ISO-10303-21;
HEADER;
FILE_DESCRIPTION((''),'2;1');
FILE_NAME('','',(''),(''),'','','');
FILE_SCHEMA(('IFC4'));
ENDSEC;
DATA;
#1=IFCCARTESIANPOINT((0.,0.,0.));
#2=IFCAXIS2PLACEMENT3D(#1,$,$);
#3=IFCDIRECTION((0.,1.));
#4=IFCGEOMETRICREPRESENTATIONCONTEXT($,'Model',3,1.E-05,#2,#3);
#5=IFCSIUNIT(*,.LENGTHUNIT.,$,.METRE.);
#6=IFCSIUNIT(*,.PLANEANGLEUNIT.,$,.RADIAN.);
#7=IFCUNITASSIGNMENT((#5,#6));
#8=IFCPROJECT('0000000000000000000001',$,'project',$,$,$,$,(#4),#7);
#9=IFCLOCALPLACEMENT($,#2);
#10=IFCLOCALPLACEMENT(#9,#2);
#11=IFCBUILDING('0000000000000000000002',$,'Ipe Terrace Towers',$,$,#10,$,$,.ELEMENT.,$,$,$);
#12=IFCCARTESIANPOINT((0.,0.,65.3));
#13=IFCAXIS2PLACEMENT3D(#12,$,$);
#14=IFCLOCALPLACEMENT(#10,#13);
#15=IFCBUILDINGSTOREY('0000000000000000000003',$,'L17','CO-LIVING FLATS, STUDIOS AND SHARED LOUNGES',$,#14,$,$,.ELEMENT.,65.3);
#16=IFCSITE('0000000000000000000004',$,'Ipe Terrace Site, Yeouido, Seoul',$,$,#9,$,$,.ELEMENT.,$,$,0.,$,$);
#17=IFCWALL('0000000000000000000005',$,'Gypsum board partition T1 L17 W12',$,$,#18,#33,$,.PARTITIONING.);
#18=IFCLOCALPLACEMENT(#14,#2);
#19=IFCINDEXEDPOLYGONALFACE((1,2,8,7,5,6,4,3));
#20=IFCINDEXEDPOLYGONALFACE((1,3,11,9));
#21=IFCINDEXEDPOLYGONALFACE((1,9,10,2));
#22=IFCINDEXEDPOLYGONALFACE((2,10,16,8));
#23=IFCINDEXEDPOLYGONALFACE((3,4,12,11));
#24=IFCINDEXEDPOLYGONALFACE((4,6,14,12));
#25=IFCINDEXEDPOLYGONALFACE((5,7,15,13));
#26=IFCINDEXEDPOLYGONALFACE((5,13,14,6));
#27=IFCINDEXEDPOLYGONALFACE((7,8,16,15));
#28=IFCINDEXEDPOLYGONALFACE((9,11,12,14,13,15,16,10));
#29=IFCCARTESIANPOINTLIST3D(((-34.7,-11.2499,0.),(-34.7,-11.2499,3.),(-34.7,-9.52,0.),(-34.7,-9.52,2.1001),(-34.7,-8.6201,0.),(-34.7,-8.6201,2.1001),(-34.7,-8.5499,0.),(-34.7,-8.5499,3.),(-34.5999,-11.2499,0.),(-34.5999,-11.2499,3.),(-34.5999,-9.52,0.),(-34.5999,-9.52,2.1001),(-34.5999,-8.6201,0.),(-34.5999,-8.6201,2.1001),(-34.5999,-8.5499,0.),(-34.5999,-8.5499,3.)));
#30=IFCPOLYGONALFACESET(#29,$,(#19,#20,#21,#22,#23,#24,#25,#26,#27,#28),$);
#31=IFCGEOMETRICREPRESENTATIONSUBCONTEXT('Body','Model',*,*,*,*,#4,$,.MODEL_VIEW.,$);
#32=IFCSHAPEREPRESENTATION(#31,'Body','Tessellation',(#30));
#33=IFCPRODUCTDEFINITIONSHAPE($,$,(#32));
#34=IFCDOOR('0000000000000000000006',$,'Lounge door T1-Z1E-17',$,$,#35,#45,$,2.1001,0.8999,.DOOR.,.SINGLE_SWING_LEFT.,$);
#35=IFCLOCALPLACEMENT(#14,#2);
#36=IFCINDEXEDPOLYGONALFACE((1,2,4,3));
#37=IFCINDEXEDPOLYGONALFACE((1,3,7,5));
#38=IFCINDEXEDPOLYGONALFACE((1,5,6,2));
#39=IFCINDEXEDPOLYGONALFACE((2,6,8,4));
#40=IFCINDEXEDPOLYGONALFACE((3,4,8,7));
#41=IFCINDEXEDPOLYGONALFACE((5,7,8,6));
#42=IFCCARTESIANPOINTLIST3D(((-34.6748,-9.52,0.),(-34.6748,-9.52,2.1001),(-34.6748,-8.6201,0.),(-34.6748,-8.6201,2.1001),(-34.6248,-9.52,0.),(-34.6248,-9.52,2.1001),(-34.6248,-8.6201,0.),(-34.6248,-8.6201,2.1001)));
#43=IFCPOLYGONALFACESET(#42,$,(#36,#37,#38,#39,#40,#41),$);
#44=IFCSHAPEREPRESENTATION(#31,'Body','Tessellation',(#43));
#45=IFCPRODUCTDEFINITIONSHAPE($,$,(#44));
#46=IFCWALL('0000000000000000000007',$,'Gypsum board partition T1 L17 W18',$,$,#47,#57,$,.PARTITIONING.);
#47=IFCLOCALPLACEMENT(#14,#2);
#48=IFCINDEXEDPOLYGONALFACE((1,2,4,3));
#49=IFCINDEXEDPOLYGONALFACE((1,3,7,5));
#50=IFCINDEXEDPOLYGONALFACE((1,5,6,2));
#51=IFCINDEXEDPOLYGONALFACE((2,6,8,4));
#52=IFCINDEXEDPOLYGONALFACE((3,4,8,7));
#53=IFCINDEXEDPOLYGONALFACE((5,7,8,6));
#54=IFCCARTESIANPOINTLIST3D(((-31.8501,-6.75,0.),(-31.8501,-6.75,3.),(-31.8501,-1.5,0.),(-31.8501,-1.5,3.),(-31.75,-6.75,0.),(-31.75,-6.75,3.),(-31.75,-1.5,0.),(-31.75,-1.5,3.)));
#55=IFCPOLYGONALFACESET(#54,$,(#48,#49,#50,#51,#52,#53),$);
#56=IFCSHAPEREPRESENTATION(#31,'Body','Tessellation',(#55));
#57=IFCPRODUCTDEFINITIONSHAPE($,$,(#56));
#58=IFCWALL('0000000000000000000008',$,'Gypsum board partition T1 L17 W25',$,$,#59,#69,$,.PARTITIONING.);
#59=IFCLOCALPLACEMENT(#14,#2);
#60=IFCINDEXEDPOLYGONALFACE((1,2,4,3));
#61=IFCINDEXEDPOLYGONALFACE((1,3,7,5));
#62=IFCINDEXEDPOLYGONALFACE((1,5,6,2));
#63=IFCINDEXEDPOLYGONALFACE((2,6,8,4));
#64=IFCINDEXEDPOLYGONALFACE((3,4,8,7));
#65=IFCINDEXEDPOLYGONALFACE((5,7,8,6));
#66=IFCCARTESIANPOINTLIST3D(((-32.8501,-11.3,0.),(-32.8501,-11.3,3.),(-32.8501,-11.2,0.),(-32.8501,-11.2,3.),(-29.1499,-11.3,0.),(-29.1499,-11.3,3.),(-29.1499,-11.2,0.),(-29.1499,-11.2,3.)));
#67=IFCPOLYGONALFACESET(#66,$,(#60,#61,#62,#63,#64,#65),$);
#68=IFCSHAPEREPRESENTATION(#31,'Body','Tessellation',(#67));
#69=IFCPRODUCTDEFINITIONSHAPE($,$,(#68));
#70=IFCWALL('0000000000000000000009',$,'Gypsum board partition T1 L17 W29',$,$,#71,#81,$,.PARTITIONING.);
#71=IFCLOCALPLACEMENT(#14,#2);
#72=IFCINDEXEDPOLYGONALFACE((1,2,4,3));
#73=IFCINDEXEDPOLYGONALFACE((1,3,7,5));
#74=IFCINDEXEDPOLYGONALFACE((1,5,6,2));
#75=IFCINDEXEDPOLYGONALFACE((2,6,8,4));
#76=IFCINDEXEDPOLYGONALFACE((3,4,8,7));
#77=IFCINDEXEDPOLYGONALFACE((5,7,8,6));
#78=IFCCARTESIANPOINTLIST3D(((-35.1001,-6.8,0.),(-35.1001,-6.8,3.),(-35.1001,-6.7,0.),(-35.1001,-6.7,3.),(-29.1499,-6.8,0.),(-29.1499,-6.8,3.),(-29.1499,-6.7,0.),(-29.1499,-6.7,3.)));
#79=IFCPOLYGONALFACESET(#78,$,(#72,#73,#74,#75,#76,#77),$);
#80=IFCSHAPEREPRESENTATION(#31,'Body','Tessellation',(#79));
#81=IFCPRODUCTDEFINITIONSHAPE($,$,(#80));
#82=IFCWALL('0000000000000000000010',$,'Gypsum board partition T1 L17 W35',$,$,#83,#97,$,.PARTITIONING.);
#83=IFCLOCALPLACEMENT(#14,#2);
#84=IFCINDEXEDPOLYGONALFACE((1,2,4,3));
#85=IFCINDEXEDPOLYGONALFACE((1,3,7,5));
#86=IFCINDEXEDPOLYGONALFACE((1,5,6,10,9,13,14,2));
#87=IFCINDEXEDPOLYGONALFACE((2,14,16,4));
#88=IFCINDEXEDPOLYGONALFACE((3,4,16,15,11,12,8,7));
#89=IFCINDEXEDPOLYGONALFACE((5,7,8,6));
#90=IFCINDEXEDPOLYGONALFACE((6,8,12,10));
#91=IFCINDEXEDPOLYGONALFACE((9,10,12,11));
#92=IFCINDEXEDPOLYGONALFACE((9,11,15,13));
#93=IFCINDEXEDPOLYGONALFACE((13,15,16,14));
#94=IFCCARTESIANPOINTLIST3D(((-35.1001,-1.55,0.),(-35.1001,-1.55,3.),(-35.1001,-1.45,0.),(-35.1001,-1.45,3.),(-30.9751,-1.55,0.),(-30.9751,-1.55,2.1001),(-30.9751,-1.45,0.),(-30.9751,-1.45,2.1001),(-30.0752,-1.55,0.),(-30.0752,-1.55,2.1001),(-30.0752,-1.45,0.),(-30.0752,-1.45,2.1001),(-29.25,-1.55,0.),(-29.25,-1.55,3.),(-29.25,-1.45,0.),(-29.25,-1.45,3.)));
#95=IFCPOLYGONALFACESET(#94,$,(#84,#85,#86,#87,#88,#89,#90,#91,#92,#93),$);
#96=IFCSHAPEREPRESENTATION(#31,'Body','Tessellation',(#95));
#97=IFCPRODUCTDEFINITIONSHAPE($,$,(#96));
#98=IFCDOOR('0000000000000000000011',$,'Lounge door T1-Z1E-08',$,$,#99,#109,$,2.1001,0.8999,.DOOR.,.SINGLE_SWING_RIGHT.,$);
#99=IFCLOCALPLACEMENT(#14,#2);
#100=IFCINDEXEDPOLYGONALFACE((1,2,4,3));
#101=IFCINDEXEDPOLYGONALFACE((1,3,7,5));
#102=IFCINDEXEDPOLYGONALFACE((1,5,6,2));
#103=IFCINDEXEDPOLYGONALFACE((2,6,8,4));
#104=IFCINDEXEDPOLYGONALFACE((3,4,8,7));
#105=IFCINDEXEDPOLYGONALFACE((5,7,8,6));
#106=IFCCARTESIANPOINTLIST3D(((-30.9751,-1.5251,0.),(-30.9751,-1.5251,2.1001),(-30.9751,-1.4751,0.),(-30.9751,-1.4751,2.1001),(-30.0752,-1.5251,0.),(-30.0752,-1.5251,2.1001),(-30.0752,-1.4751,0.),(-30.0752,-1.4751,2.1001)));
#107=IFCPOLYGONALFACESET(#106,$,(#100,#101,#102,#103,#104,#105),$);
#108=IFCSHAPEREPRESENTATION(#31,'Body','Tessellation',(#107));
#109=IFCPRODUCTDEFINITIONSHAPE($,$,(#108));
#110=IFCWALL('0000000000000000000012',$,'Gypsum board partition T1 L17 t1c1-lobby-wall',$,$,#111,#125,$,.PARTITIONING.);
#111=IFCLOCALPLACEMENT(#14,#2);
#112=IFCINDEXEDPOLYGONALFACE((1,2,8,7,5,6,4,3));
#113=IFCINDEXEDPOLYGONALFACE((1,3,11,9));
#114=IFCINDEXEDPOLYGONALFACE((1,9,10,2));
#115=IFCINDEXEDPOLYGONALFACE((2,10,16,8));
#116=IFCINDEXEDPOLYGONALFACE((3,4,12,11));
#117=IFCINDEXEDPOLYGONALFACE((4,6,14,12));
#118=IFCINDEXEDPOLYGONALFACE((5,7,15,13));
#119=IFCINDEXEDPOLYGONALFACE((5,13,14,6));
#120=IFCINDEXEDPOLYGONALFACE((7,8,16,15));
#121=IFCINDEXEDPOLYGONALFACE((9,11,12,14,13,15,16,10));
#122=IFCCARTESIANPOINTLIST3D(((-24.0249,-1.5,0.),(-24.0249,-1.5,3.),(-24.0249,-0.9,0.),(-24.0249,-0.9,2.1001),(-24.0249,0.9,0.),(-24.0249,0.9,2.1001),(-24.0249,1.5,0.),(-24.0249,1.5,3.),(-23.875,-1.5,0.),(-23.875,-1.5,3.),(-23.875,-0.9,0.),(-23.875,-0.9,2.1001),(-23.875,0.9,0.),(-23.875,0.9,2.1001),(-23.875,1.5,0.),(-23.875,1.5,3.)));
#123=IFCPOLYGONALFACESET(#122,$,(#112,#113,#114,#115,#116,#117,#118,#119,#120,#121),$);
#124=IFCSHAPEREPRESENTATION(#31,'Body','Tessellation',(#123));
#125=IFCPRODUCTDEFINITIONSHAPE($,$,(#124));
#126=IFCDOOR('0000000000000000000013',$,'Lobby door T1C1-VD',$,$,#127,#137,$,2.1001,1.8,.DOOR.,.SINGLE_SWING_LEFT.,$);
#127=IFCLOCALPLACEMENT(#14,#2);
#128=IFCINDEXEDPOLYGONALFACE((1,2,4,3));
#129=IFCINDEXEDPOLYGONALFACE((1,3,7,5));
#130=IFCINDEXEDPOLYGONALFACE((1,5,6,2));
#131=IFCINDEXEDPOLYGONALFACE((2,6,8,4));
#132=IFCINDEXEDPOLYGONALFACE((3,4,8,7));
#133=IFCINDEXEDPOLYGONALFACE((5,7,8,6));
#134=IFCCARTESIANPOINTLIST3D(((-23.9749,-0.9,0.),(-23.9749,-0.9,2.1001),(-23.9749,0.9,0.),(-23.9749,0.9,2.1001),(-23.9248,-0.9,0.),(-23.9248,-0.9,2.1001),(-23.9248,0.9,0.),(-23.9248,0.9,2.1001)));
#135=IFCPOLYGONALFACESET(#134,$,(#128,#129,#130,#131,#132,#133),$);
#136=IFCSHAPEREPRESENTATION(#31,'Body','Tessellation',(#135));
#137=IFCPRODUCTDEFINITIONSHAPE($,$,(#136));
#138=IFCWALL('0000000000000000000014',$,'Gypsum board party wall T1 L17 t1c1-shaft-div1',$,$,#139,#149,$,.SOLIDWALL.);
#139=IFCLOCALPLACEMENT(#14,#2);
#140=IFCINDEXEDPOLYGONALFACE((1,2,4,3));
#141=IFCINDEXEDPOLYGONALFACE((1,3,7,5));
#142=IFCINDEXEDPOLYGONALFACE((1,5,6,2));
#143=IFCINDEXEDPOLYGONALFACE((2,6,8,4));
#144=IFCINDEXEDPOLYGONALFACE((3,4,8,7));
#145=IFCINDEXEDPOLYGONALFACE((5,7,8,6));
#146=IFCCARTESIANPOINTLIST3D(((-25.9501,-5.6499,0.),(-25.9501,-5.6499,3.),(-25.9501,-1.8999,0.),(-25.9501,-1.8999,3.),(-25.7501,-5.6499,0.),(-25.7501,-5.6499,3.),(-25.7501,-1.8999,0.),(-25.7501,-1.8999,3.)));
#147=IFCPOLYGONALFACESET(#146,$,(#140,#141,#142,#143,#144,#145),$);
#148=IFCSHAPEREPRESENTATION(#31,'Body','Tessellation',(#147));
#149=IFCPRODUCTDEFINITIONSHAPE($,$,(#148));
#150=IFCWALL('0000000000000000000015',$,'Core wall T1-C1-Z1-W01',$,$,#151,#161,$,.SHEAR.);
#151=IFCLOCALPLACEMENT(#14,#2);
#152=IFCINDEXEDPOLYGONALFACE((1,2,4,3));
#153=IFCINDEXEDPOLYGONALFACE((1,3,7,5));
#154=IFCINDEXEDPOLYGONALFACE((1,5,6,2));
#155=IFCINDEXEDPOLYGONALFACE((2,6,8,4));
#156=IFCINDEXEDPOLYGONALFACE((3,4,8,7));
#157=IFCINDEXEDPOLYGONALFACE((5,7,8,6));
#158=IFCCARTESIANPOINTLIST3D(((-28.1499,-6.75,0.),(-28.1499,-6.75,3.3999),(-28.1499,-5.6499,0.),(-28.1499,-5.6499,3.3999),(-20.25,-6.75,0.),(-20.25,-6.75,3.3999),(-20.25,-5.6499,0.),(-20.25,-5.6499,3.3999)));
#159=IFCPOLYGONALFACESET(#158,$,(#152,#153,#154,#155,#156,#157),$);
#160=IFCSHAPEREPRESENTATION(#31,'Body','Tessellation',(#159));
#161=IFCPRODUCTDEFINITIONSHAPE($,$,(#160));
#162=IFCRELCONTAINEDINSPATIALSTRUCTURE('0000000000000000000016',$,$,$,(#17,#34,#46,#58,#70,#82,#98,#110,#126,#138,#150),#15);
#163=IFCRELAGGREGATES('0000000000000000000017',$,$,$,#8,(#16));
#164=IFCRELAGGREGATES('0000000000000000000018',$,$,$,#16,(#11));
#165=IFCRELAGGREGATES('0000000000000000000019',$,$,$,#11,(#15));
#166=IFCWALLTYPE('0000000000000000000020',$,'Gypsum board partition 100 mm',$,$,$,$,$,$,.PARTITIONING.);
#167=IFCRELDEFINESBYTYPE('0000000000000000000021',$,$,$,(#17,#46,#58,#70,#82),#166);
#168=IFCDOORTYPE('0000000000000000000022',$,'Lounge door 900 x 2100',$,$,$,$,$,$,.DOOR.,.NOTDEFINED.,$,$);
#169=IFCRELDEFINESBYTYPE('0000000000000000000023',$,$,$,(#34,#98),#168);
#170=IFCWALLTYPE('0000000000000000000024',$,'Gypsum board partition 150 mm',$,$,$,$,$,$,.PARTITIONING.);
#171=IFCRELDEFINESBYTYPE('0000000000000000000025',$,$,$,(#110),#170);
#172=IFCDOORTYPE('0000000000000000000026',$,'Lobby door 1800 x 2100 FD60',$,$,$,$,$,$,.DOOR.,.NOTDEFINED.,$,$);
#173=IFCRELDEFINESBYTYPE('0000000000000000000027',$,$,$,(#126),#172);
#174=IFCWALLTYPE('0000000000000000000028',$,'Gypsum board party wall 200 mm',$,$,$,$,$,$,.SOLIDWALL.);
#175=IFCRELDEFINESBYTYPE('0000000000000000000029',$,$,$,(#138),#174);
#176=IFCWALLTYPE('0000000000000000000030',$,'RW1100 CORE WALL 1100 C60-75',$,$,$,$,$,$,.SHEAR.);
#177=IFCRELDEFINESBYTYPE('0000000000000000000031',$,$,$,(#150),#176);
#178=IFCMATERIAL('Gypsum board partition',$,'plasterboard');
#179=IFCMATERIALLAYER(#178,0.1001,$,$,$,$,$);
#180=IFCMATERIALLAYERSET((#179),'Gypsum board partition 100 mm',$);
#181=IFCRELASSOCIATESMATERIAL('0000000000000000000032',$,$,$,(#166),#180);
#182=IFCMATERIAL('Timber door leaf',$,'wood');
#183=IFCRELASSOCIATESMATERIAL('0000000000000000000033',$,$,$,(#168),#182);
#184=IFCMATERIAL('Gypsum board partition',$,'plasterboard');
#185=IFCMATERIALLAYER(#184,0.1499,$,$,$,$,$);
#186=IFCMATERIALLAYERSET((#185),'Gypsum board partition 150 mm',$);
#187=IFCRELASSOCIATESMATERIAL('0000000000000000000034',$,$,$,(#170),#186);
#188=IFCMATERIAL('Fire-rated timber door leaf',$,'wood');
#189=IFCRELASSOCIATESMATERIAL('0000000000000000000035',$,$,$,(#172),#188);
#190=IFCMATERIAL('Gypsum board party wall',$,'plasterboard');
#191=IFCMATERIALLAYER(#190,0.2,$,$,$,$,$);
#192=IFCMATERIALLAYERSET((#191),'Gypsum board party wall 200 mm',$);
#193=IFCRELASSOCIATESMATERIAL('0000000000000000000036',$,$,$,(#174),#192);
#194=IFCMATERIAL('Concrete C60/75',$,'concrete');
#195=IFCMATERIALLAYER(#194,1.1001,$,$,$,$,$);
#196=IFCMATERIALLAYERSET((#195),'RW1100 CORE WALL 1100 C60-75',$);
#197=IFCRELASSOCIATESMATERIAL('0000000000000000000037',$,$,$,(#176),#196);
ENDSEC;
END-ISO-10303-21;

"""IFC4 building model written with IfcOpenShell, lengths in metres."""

from ifc_helpers import new_model, si_unit, direction, frame, frame_2d, origin, place, context, subcontext, project, spatial, rectangle, extrude, material, layer, layer_set, type_object, element, fill, save


model = new_model("IFC4")

# Units and contexts
model_context = context("Model", 3, precision=1e-05, world=origin(), true_north=direction((0.0, 1.0)))
body_context = subcontext(model_context, "Body", "Model", "MODEL_VIEW")
ifc_project = project(units=[si_unit("LENGTHUNIT", "METRE"), si_unit("PLANEANGLEUNIT", "RADIAN")], contexts=[model_context])

# Site, building, storey
site_placement = place(None, origin())
site = spatial("IfcSite", under=ifc_project, at=site_placement, Name="Ipe Terrace Site, Yeouido, Seoul", CompositionType="ELEMENT", RefElevation=0.0)
building_placement = place(site_placement, origin())
building = spatial("IfcBuilding", under=site, at=building_placement, Name="Ipe Terrace Towers", CompositionType="ELEMENT")
storey_placement = place(building_placement, frame((0.0, 0.0, 65.3)))
storey = spatial("IfcBuildingStorey", under=building, at=storey_placement, Name="L17", Description="CO-LIVING FLATS, STUDIOS AND SHARED LOUNGES", CompositionType="ELEMENT", Elevation=65.3)

# Wall, opening, door
ifc_material_1 = material(Name="Gypsum board partition", Category="plasterboard")
ifc_layer_1 = layer(ifc_material_1, 0.1001)
ifc_layer_set_1 = layer_set([ifc_layer_1], Name="Gypsum board partition 100 mm")
wall_type_1 = type_object("IfcWallType", Name="Gypsum board partition 100 mm", PredefinedType="PARTITIONING", material=ifc_layer_set_1)
ifc_material_2 = material(Name="Timber door leaf", Category="wood")
door_type_1 = type_object("IfcDoorType", Name="Lounge door 900 x 2100", OperationType="NOTDEFINED", PredefinedType="DOOR", material=ifc_material_2)
wall_1_placement = place(storey_placement, frame((-34.6499, -11.25, 0.0), z_axis=(0.0, 0.0, 1.0), x_axis=(0.0, 1.0, 0.0)))
wall_1 = element("IfcWall", 1, at=wall_1_placement, inside=storey, type_object=wall_type_1, Name="Gypsum board partition T1 L17 W12", PredefinedType="PARTITIONING", context=body_context, shape_type="SweptSolid", body=[
    extrude(rectangle(XDim=2.7, YDim=0.1001, at=frame_2d((1.3501, 0.0))), origin(), (0.0, 0.0, 1.0), 3.0),
])
opening_1_placement = place(wall_1_placement, frame((1.73, 0.0, 0.0)))
opening_1 = element("IfcOpeningElement", 2, at=opening_1_placement, cuts=wall_1, PredefinedType="OPENING", context=body_context, shape_type="SweptSolid", body=[
    extrude(rectangle(XDim=0.8999, YDim=2.1001, at=frame_2d((0.45, 1.05))), frame((0.0, 0.0601, 0.0), z_axis=(0.0, -1.0, 0.0), x_axis=(1.0, 0.0, 0.0)), (0.0, 0.0, 1.0), 0.1201),
])
door_1_placement = place(opening_1_placement, origin())
door_1 = element("IfcDoor", 3, at=door_1_placement, inside=storey, type_object=door_type_1, Name="Lounge door T1-Z1E-17", OperationType="SINGLE_SWING_LEFT", OverallHeight=2.1001, OverallWidth=0.8999, PredefinedType="DOOR", context=body_context, shape_type="SweptSolid", body=[
    extrude(rectangle(XDim=0.8999, YDim=2.1001, at=frame_2d((0.45, 1.05))), frame((0.0, 0.0249, 0.0), z_axis=(0.0, -1.0, 0.0), x_axis=(1.0, 0.0, 0.0)), (0.0, 0.0, 1.0), 0.05),
])
fill(opening_1, door_1)

# Walls
wall_2_placement = place(storey_placement, frame((-31.8, -6.75, 0.0), z_axis=(0.0, 0.0, 1.0), x_axis=(0.0, 1.0, 0.0)))
element("IfcWall", 4, at=wall_2_placement, inside=storey, type_object=wall_type_1, Name="Gypsum board partition T1 L17 W18", PredefinedType="PARTITIONING", context=body_context, shape_type="SweptSolid", body=[
    extrude(rectangle(XDim=5.25, YDim=0.1001, at=frame_2d((2.625, 0.0))), origin(), (0.0, 0.0, 1.0), 3.0),
])
wall_3_placement = place(storey_placement, frame((-32.8501, -11.25, 0.0), z_axis=(0.0, 0.0, 1.0), x_axis=(1.0, 0.0, 0.0)))
element("IfcWall", 5, at=wall_3_placement, inside=storey, type_object=wall_type_1, Name="Gypsum board partition T1 L17 W25", PredefinedType="PARTITIONING", context=body_context, shape_type="SweptSolid", body=[
    extrude(rectangle(XDim=3.7002, YDim=0.1001, at=frame_2d((1.8501, 0.0))), origin(), (0.0, 0.0, 1.0), 3.0),
])
wall_4_placement = place(storey_placement, frame((-35.1001, -6.75, 0.0), z_axis=(0.0, 0.0, 1.0), x_axis=(1.0, 0.0, 0.0)))
element("IfcWall", 6, at=wall_4_placement, inside=storey, type_object=wall_type_1, Name="Gypsum board partition T1 L17 W29", PredefinedType="PARTITIONING", context=body_context, shape_type="SweptSolid", body=[
    extrude(rectangle(XDim=5.9502, YDim=0.1001, at=frame_2d((2.9751, 0.0))), origin(), (0.0, 0.0, 1.0), 3.0),
])

# Walls, openings, doors
wall_5_placement = place(storey_placement, frame((-35.1001, -1.5, 0.0), z_axis=(0.0, 0.0, 1.0), x_axis=(1.0, 0.0, 0.0)))
wall_5 = element("IfcWall", 7, at=wall_5_placement, inside=storey, type_object=wall_type_1, Name="Gypsum board partition T1 L17 W35", PredefinedType="PARTITIONING", context=body_context, shape_type="SweptSolid", body=[
    extrude(rectangle(XDim=5.8501, YDim=0.1001, at=frame_2d((2.925, 0.0))), origin(), (0.0, 0.0, 1.0), 3.0),
])
opening_2_placement = place(wall_5_placement, frame((4.125, 0.0, 0.0)))
opening_2 = element("IfcOpeningElement", 8, at=opening_2_placement, cuts=wall_5, PredefinedType="OPENING", context=body_context, shape_type="SweptSolid", body=[
    extrude(rectangle(XDim=0.8999, YDim=2.1001, at=frame_2d((0.45, 1.05))), frame((0.0, 0.0601, 0.0), z_axis=(0.0, -1.0, 0.0), x_axis=(1.0, 0.0, 0.0)), (0.0, 0.0, 1.0), 0.1201),
])
door_2_placement = place(opening_2_placement, origin())
door_2 = element("IfcDoor", 9, at=door_2_placement, inside=storey, type_object=door_type_1, Name="Lounge door T1-Z1E-08", OperationType="SINGLE_SWING_RIGHT", OverallHeight=2.1001, OverallWidth=0.8999, PredefinedType="DOOR", context=body_context, shape_type="SweptSolid", body=[
    extrude(rectangle(XDim=0.8999, YDim=2.1001, at=frame_2d((0.45, 1.05))), frame((0.0, 0.0249, 0.0), z_axis=(0.0, -1.0, 0.0), x_axis=(1.0, 0.0, 0.0)), (0.0, 0.0, 1.0), 0.05),
])
fill(opening_2, door_2)
ifc_material_3 = material(Name="Gypsum board partition", Category="plasterboard")
ifc_layer_2 = layer(ifc_material_3, 0.1499)
ifc_layer_set_2 = layer_set([ifc_layer_2], Name="Gypsum board partition 150 mm")
wall_type_2 = type_object("IfcWallType", Name="Gypsum board partition 150 mm", PredefinedType="PARTITIONING", material=ifc_layer_set_2)
wall_6_placement = place(storey_placement, frame((-23.95, -1.5, 0.0), z_axis=(0.0, 0.0, 1.0), x_axis=(0.0, 1.0, 0.0)))
wall_6 = element("IfcWall", 10, at=wall_6_placement, inside=storey, type_object=wall_type_2, Name="Gypsum board partition T1 L17 t1c1-lobby-wall", PredefinedType="PARTITIONING", context=body_context, shape_type="SweptSolid", body=[
    extrude(rectangle(XDim=3.0, YDim=0.1499, at=frame_2d((1.5, 0.0))), origin(), (0.0, 0.0, 1.0), 3.0),
])
opening_3_placement = place(wall_6_placement, frame((0.6001, 0.0, 0.0)))
opening_3 = element("IfcOpeningElement", 11, at=opening_3_placement, cuts=wall_6, PredefinedType="OPENING", context=body_context, shape_type="SweptSolid", body=[
    extrude(rectangle(XDim=1.8, YDim=2.1001, at=frame_2d((0.8999, 1.05))), frame((0.0, 0.085, 0.0), z_axis=(0.0, -1.0, 0.0), x_axis=(1.0, 0.0, 0.0)), (0.0, 0.0, 1.0), 0.1699),
])
ifc_material_4 = material(Name="Fire-rated timber door leaf", Category="wood")
door_type_2 = type_object("IfcDoorType", Name="Lobby door 1800 x 2100 FD60", OperationType="NOTDEFINED", PredefinedType="DOOR", material=ifc_material_4)
door_3_placement = place(opening_3_placement, origin())
door_3 = element("IfcDoor", 12, at=door_3_placement, inside=storey, type_object=door_type_2, Name="Lobby door T1C1-VD", OperationType="SINGLE_SWING_LEFT", OverallHeight=2.1001, OverallWidth=1.8, PredefinedType="DOOR", context=body_context, shape_type="SweptSolid", body=[
    extrude(rectangle(XDim=1.8, YDim=2.1001, at=frame_2d((0.8999, 1.05))), frame((0.0, 0.0249, 0.0), z_axis=(0.0, -1.0, 0.0), x_axis=(1.0, 0.0, 0.0)), (0.0, 0.0, 1.0), 0.05),
])
fill(opening_3, door_3)

# Walls
ifc_material_5 = material(Name="Gypsum board party wall", Category="plasterboard")
ifc_layer_3 = layer(ifc_material_5, 0.2)
ifc_layer_set_3 = layer_set([ifc_layer_3], Name="Gypsum board party wall 200 mm")
wall_type_3 = type_object("IfcWallType", Name="Gypsum board party wall 200 mm", PredefinedType="SOLIDWALL", material=ifc_layer_set_3)
wall_7_placement = place(storey_placement, frame((-25.8501, -5.6499, 0.0), z_axis=(0.0, 0.0, 1.0), x_axis=(0.0, 1.0, 0.0)))
element("IfcWall", 13, at=wall_7_placement, inside=storey, type_object=wall_type_3, Name="Gypsum board party wall T1 L17 t1c1-shaft-div1", PredefinedType="SOLIDWALL", context=body_context, shape_type="SweptSolid", body=[
    extrude(rectangle(XDim=3.75, YDim=0.2, at=frame_2d((1.875, 0.0))), origin(), (0.0, 0.0, 1.0), 3.0),
])
ifc_material_6 = material(Name="Concrete C60/75", Category="concrete")
ifc_layer_4 = layer(ifc_material_6, 1.1001)
ifc_layer_set_4 = layer_set([ifc_layer_4], Name="RW1100 CORE WALL 1100 C60-75")
wall_type_4 = type_object("IfcWallType", Name="RW1100 CORE WALL 1100 C60-75", PredefinedType="SHEAR", material=ifc_layer_set_4)
wall_8_placement = place(storey_placement, frame((-28.1499, -6.2, 0.0), z_axis=(0.0, 0.0, 1.0), x_axis=(1.0, 0.0, 0.0)))
element("IfcWall", 14, at=wall_8_placement, inside=storey, type_object=wall_type_4, Name="Core wall T1-C1-Z1-W01", PredefinedType="SHEAR", context=body_context, shape_type="SweptSolid", body=[
    extrude(rectangle(XDim=7.8999, YDim=1.1001, at=frame_2d((3.95, 0.0))), origin(), (0.0, 0.0, 1.0), 3.3999),
])

save(model, "model.ifc")
